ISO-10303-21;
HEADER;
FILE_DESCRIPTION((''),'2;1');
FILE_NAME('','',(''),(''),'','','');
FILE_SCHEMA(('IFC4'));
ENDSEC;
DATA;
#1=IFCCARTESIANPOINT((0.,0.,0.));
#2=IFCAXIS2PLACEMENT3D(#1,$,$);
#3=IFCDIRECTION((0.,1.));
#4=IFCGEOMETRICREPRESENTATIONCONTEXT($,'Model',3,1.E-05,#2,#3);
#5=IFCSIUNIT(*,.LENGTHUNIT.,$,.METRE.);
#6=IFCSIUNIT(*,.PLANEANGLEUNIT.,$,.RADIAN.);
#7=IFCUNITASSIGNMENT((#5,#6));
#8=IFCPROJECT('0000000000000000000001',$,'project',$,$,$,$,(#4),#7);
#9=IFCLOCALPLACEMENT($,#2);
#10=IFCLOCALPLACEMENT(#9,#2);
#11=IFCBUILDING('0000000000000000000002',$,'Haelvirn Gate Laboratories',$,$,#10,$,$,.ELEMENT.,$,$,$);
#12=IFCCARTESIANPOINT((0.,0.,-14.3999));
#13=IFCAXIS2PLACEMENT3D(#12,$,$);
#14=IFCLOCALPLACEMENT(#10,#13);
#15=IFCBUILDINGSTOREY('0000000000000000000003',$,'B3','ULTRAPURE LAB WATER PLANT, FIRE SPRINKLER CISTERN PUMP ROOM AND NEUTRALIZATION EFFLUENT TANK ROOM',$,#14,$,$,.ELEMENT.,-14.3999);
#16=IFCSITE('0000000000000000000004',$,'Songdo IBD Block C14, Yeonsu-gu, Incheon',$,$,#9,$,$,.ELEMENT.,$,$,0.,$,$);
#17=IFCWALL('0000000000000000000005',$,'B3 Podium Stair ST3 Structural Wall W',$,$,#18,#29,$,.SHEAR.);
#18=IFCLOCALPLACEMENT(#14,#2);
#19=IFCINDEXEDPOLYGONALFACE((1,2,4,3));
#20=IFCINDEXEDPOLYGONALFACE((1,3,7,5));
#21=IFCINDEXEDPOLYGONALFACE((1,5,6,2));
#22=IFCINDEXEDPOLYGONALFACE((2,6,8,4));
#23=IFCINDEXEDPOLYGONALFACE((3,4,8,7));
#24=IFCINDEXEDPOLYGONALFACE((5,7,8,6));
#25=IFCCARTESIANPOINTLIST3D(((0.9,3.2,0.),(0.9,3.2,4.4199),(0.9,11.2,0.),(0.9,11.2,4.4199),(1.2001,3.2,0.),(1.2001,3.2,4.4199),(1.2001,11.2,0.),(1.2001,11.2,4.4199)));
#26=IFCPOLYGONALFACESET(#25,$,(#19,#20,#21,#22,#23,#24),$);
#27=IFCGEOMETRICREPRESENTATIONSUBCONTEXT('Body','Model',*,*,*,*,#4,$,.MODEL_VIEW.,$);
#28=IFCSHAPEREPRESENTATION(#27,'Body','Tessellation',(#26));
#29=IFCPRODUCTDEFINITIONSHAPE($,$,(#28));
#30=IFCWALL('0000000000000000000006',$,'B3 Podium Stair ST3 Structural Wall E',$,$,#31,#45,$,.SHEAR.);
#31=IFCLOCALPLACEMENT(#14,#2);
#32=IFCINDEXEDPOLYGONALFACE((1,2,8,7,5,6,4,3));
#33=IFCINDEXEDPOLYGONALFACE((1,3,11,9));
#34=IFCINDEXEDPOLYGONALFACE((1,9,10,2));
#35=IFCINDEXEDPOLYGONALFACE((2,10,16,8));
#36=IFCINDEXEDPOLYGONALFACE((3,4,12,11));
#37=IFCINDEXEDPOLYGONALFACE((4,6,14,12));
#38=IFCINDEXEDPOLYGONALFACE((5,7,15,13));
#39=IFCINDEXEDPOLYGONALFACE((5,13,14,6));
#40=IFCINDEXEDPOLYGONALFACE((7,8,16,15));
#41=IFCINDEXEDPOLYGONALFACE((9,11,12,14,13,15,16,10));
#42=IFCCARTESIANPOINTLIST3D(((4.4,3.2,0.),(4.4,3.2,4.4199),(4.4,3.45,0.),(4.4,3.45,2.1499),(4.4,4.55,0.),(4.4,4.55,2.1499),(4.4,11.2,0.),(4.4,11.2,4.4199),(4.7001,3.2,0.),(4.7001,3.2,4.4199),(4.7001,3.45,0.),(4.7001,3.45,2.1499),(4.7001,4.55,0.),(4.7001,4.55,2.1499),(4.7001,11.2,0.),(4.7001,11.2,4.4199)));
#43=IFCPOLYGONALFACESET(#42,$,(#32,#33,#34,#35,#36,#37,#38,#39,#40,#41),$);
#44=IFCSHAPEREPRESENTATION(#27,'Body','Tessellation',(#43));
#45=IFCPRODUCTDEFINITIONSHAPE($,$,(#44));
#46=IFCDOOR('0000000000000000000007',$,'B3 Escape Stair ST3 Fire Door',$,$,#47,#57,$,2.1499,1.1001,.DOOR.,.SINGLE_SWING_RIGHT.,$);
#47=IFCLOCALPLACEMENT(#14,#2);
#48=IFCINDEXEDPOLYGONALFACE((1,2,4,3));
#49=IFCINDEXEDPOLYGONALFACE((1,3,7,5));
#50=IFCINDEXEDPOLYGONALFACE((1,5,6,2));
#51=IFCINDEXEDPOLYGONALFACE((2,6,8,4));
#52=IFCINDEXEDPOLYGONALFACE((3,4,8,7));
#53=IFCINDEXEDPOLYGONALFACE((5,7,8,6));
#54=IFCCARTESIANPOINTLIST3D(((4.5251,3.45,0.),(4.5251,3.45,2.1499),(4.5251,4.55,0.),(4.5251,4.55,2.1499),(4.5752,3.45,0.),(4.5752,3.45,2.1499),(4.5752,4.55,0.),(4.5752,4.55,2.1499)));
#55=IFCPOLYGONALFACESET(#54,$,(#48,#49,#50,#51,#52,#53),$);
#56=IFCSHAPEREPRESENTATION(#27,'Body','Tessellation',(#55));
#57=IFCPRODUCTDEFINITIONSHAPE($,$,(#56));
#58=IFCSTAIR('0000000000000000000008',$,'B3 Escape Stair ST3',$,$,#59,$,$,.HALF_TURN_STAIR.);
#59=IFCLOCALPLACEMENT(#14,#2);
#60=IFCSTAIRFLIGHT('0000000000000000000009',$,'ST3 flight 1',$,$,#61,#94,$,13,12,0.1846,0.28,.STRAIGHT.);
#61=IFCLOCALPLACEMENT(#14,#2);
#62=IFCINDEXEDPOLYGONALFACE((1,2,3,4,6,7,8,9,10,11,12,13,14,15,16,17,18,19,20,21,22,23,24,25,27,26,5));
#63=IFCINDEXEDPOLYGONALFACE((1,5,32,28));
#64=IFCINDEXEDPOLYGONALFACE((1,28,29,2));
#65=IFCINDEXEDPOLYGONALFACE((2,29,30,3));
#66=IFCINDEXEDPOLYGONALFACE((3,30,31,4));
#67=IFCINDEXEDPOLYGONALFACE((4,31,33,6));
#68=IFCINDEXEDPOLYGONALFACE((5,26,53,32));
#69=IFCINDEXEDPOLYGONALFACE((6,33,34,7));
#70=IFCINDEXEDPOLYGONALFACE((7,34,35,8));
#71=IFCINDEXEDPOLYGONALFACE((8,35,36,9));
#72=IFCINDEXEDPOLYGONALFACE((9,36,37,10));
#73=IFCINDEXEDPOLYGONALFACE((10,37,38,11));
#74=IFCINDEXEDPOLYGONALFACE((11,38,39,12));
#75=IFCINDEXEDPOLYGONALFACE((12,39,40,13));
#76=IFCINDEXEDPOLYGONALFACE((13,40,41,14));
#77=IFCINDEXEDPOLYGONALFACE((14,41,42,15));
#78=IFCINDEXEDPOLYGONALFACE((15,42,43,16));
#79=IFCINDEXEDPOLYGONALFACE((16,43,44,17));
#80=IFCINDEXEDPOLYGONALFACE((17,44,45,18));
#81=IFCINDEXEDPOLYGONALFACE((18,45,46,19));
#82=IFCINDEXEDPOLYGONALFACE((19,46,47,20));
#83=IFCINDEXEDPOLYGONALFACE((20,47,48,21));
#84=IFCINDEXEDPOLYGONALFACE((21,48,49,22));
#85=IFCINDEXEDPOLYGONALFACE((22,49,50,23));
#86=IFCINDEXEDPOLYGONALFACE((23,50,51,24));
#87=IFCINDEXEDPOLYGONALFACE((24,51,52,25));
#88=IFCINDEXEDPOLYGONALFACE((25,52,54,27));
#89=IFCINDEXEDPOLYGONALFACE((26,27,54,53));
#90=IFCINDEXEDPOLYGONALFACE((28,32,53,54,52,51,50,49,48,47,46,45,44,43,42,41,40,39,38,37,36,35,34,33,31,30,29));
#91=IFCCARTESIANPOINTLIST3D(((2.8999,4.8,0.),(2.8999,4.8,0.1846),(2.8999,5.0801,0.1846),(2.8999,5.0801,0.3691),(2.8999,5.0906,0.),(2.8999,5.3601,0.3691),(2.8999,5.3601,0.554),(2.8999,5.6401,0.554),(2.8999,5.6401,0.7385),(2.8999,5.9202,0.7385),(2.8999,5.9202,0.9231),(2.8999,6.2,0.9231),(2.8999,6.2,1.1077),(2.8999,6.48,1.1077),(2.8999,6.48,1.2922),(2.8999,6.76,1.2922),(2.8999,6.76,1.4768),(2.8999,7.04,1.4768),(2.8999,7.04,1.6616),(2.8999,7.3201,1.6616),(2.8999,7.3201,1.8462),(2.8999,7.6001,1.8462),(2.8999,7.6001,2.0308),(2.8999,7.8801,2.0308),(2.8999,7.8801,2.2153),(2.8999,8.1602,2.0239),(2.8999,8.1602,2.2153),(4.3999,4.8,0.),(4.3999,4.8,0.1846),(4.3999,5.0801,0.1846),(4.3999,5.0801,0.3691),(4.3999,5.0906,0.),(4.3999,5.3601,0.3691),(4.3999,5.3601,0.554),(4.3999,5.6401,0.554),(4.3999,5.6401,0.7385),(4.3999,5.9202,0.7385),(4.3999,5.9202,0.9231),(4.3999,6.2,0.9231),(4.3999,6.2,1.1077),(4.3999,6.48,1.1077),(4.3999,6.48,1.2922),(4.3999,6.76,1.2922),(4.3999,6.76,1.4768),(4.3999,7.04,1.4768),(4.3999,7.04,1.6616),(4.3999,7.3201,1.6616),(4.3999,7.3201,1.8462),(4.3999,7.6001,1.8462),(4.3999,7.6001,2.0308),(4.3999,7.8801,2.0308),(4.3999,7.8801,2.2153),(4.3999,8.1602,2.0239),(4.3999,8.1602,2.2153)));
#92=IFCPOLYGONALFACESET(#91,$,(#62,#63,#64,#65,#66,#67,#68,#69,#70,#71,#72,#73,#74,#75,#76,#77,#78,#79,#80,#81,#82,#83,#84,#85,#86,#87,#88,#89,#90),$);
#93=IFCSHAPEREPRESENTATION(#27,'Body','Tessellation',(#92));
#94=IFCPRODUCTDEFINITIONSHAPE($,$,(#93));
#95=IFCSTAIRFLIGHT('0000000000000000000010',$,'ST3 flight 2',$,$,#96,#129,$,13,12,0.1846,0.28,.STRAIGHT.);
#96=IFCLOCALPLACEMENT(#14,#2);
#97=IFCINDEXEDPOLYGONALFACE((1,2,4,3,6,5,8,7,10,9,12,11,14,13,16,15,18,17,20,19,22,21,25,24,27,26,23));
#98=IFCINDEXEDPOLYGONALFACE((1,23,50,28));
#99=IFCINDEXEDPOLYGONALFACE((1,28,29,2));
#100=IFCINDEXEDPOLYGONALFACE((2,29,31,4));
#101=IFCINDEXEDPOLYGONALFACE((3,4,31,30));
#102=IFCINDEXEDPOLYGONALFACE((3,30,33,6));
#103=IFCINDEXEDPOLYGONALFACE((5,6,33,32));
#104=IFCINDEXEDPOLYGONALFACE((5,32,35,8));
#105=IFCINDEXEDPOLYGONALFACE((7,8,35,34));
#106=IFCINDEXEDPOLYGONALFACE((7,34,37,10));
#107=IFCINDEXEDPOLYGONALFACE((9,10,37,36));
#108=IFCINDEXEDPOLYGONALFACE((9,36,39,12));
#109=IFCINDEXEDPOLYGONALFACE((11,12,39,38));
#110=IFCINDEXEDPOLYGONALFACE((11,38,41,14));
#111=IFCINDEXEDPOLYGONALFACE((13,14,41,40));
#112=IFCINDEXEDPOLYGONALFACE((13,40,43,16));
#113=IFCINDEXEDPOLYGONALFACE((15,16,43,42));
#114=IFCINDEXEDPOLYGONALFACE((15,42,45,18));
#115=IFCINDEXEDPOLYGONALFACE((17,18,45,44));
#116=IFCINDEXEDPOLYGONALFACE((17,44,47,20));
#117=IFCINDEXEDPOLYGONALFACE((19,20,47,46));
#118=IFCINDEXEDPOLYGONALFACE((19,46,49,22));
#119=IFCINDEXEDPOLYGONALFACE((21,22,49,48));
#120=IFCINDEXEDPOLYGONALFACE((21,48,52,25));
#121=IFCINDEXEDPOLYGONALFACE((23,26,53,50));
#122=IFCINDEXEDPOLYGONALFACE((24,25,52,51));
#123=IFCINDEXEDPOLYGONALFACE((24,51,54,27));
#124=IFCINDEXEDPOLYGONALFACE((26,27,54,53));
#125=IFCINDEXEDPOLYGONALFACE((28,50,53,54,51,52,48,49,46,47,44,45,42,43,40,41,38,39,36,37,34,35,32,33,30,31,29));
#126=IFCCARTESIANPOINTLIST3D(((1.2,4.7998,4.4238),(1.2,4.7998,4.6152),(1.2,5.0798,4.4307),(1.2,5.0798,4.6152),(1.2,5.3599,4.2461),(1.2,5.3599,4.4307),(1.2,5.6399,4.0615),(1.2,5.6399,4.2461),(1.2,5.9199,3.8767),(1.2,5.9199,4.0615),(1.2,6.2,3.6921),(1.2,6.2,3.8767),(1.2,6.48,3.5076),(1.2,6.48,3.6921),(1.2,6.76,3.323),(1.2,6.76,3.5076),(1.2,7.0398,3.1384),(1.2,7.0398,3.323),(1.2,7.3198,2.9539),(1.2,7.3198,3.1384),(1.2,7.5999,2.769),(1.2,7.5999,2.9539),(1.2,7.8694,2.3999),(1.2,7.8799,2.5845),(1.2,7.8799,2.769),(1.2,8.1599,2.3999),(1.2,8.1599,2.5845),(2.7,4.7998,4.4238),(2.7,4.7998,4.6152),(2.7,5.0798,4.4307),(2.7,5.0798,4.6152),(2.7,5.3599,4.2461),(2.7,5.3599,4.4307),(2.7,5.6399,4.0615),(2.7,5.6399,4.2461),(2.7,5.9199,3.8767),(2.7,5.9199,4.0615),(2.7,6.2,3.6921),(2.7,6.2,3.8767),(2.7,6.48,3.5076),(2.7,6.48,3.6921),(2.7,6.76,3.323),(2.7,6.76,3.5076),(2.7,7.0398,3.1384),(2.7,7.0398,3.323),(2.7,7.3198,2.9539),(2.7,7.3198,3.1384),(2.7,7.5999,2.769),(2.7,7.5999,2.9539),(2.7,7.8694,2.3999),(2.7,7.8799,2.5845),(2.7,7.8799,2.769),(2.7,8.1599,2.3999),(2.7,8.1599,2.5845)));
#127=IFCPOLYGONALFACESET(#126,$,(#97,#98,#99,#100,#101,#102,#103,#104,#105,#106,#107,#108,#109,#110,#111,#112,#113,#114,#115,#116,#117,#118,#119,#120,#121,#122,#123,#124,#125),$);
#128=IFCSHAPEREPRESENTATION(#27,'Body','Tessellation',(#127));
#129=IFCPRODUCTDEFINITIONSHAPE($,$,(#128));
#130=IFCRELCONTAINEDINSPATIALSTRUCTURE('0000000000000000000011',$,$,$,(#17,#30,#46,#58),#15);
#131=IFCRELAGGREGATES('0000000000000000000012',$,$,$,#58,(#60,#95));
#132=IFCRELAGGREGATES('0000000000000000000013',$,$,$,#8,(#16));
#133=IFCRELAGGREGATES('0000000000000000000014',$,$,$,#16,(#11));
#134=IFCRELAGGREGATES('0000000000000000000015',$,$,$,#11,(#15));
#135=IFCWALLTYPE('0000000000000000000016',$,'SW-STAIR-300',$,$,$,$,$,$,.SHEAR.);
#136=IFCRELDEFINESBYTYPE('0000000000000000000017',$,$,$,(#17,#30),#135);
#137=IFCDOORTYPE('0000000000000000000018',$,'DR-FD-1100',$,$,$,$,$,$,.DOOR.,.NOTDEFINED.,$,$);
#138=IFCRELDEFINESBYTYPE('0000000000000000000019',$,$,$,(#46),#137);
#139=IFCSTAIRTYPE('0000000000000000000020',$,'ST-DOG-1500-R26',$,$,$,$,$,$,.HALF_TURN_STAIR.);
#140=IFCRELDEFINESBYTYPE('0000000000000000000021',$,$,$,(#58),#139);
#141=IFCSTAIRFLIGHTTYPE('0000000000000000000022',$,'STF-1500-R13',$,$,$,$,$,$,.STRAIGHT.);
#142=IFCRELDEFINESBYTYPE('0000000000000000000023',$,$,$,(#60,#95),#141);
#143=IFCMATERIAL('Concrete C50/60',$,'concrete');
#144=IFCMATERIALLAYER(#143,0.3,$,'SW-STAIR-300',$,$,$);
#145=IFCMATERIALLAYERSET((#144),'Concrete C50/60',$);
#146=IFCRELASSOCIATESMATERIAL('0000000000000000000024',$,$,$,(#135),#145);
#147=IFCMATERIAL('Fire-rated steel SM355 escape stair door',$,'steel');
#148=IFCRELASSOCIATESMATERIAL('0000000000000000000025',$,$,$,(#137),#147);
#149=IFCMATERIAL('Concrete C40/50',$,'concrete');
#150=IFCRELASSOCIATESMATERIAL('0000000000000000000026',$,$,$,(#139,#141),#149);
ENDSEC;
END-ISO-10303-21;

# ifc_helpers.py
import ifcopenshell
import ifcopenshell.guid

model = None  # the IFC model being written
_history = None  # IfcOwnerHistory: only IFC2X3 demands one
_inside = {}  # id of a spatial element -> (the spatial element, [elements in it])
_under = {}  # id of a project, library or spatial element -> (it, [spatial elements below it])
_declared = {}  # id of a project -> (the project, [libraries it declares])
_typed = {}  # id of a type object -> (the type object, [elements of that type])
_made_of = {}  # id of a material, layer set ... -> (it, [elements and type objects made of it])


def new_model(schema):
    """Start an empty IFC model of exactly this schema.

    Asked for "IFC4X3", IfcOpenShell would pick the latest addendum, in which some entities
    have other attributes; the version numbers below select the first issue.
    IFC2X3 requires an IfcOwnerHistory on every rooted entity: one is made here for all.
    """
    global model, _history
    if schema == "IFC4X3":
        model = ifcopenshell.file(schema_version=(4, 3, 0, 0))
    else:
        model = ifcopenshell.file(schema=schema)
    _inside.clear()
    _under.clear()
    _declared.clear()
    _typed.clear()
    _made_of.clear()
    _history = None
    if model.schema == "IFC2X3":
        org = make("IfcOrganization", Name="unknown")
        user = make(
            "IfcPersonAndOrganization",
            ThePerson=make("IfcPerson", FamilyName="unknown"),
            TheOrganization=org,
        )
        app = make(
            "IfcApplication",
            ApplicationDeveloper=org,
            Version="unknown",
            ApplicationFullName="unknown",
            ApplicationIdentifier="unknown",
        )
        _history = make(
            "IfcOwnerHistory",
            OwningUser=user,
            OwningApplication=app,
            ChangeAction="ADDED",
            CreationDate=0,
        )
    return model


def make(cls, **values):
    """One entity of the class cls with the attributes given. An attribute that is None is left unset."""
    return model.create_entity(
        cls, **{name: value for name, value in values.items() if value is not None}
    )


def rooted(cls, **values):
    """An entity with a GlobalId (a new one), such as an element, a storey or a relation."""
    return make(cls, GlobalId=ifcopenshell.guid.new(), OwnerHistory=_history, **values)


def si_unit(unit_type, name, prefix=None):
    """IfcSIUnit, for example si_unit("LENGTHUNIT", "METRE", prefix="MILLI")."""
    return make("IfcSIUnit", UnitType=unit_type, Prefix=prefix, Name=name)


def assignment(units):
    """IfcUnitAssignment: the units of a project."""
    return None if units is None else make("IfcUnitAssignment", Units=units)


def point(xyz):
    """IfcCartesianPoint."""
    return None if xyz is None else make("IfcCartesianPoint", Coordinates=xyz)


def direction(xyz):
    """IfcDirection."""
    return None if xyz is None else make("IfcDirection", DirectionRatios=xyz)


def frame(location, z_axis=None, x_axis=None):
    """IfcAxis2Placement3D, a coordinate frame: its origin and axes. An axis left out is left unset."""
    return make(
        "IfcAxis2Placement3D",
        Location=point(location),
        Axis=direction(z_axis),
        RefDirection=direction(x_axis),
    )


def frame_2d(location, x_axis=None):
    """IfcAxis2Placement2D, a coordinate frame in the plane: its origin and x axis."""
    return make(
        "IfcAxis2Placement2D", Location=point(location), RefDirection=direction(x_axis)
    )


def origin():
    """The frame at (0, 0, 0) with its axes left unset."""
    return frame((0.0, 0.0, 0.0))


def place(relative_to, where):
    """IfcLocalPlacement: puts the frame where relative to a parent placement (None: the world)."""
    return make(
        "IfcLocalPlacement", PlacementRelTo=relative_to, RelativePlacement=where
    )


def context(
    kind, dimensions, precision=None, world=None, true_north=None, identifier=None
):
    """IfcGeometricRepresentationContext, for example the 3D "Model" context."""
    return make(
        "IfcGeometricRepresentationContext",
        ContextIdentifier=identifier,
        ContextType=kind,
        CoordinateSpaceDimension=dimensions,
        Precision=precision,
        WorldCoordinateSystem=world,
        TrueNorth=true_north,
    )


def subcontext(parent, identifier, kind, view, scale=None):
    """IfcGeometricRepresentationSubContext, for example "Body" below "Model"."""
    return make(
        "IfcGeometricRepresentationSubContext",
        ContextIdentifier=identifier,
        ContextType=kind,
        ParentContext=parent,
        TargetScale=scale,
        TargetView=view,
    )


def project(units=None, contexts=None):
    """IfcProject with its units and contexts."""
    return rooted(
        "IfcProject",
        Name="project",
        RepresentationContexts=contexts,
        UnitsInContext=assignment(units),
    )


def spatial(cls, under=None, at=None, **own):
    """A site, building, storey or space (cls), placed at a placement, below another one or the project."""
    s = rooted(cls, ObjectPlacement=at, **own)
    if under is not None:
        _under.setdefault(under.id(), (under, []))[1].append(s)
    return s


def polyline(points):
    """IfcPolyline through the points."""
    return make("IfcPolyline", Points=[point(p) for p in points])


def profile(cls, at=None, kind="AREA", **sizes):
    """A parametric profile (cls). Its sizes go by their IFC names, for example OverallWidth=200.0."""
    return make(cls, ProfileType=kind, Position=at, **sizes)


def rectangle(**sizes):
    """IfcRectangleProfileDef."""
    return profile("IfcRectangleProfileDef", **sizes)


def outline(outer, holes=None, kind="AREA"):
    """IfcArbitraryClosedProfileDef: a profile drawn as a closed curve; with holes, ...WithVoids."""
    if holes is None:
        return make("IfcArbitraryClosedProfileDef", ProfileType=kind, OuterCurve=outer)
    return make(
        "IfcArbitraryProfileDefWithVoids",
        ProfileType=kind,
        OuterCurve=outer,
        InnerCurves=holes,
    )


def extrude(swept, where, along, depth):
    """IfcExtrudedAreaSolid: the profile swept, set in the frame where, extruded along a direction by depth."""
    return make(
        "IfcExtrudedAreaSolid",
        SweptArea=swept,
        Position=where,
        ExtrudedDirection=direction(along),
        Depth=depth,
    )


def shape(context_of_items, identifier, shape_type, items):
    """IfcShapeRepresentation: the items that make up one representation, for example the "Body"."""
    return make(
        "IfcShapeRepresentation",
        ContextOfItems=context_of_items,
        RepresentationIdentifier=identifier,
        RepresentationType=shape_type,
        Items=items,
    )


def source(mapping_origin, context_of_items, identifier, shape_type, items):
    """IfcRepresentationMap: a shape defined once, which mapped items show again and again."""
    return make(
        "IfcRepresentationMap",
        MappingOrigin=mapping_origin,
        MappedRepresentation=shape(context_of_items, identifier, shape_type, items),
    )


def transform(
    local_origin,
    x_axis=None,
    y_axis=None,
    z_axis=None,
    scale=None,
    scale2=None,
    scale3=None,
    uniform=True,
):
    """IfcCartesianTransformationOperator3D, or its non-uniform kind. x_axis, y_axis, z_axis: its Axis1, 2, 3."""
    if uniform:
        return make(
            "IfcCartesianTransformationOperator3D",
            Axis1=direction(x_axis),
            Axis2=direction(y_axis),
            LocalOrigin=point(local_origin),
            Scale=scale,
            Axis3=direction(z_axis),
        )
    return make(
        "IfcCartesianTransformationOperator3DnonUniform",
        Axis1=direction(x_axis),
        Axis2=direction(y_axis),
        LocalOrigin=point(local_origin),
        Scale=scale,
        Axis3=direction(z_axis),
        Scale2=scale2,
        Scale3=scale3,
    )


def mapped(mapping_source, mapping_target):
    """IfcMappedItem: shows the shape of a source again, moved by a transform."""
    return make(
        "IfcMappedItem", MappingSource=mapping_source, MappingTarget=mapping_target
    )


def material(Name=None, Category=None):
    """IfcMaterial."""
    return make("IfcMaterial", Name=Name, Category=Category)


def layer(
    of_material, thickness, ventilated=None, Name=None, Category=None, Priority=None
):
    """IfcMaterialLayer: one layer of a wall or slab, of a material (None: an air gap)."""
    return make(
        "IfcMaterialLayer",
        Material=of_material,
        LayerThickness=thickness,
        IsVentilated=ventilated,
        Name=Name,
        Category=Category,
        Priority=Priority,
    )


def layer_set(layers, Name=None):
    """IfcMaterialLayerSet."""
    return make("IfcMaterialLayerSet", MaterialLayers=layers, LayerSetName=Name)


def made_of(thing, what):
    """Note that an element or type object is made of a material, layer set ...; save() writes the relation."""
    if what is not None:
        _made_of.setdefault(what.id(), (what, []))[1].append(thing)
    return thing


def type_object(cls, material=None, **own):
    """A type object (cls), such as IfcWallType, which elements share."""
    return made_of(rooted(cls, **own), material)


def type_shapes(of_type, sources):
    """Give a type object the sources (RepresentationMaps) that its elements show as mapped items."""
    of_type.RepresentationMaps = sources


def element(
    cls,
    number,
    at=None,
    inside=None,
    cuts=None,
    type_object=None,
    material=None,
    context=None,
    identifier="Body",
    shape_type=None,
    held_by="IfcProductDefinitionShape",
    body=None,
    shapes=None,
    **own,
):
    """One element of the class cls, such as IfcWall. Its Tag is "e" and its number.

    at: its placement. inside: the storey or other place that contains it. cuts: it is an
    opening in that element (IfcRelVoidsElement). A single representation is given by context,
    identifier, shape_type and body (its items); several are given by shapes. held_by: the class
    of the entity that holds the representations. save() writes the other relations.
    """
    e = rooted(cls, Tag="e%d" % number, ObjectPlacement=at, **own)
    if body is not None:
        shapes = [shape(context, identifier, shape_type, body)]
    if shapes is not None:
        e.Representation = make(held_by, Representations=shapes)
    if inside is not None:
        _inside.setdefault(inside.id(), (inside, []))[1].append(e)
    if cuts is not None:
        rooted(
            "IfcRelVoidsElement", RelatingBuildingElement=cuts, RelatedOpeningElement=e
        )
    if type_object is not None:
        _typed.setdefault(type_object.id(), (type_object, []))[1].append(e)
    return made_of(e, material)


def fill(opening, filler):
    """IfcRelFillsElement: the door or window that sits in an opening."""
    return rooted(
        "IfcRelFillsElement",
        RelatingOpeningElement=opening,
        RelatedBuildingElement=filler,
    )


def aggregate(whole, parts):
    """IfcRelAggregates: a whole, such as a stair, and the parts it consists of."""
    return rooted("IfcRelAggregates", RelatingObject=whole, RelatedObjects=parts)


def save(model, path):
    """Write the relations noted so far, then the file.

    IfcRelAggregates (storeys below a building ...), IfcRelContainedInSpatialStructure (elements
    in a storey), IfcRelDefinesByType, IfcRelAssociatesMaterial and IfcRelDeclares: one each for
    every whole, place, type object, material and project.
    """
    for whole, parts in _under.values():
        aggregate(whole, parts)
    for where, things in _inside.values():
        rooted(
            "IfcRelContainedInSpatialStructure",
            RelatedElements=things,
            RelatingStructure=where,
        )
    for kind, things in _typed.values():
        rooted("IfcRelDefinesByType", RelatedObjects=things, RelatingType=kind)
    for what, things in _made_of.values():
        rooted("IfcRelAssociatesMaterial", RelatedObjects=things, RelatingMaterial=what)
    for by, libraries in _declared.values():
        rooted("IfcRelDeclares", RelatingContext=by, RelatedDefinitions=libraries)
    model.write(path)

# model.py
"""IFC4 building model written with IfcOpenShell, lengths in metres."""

from ifc_helpers import new_model, si_unit, direction, frame, frame_2d, origin, place, context, subcontext, project, spatial, polyline, rectangle, outline, extrude, source, transform, mapped, material, layer, layer_set, type_object, type_shapes, element, fill, aggregate, save


model = new_model("IFC4")

# Units and contexts
model_context = context("Model", 3, precision=1e-05, world=origin(), true_north=direction((0.0, 1.0)))
body_context = subcontext(model_context, "Body", "Model", "MODEL_VIEW")
ifc_project = project(units=[si_unit("LENGTHUNIT", "METRE"), si_unit("PLANEANGLEUNIT", "RADIAN")], contexts=[model_context])

# Site, building, storey
site_placement = place(None, origin())
site = spatial("IfcSite", under=ifc_project, at=site_placement, Name="Songdo IBD Block C14, Yeonsu-gu, Incheon", CompositionType="ELEMENT", RefElevation=0.0)
building_placement = place(site_placement, origin())
building = spatial("IfcBuilding", under=site, at=building_placement, Name="Haelvirn Gate Laboratories", CompositionType="ELEMENT")
storey_placement = place(building_placement, frame((0.0, 0.0, -14.3999)))
storey = spatial("IfcBuildingStorey", under=building, at=storey_placement, Name="B3", Description="ULTRAPURE LAB WATER PLANT, FIRE SPRINKLER CISTERN PUMP ROOM AND NEUTRALIZATION EFFLUENT TANK ROOM", CompositionType="ELEMENT", Elevation=-14.3999)

# Shared definitions
ifc_material_1 = material(Name="Concrete C50/60", Category="concrete")

# Shared definitions
ifc_material_2 = material(Name="Concrete C40/50", Category="concrete")

# Wall
ifc_layer_1 = layer(ifc_material_1, 0.3, Name="SW-STAIR-300")
ifc_layer_set_1 = layer_set([ifc_layer_1], Name="Concrete C50/60")
wall_type_1 = type_object("IfcWallType", Name="SW-STAIR-300", PredefinedType="SHEAR", material=ifc_layer_set_1)
wall_1_placement = place(storey_placement, frame((1.05, 3.2, 0.0), z_axis=(0.0, 0.0, 1.0), x_axis=(0.0, 1.0, 0.0)))
element("IfcWall", 1, at=wall_1_placement, inside=storey, type_object=wall_type_1, Name="B3 Podium Stair ST3 Structural Wall W", PredefinedType="SHEAR", context=body_context, shape_type="SweptSolid", body=[
    extrude(rectangle(XDim=8.0, YDim=0.3, at=frame_2d((4.0, 0.0))), origin(), (0.0, 0.0, 1.0), 4.4199),
])

# Wall, opening, door
wall_2_placement = place(storey_placement, frame((4.55, 3.2, 0.0), z_axis=(0.0, 0.0, 1.0), x_axis=(0.0, 1.0, 0.0)))
wall_2 = element("IfcWall", 2, at=wall_2_placement, inside=storey, type_object=wall_type_1, Name="B3 Podium Stair ST3 Structural Wall E", PredefinedType="SHEAR", context=body_context, shape_type="SweptSolid", body=[
    extrude(rectangle(XDim=8.0, YDim=0.3, at=frame_2d((4.0, 0.0))), origin(), (0.0, 0.0, 1.0), 4.4199),
])
opening_1_placement = place(wall_2_placement, frame((0.25, 0.0, 0.0)))
opening_1 = element("IfcOpeningElement", 3, at=opening_1_placement, cuts=wall_2, PredefinedType="OPENING", context=body_context, shape_type="SweptSolid", body=[
    extrude(rectangle(XDim=1.1001, YDim=2.1499, at=frame_2d((0.55, 1.075))), frame((0.0, 0.1602, 0.0), z_axis=(0.0, -1.0, 0.0), x_axis=(1.0, 0.0, 0.0)), (0.0, 0.0, 1.0), 0.3201),
])
ifc_material_3 = material(Name="Fire-rated steel SM355 escape stair door", Category="steel")
door_type_1 = type_object("IfcDoorType", Name="DR-FD-1100", OperationType="NOTDEFINED", PredefinedType="DOOR", material=ifc_material_3)
shared_shape_1 = source(origin(), body_context, "Body", "SweptSolid", [
    extrude(rectangle(XDim=1.1001, YDim=2.1499, at=frame_2d((0.55, 1.075))), frame((0.0, 0.0249, 0.0), z_axis=(0.0, -1.0, 0.0), x_axis=(1.0, 0.0, 0.0)), (0.0, 0.0, 1.0), 0.05),
])
type_shapes(door_type_1, [shared_shape_1])
door_1_placement = place(opening_1_placement, origin())
door_1 = element("IfcDoor", 4, at=door_1_placement, inside=storey, type_object=door_type_1, Name="B3 Escape Stair ST3 Fire Door", OperationType="SINGLE_SWING_RIGHT", OverallHeight=2.1499, OverallWidth=1.1001, PredefinedType="DOOR", context=body_context, shape_type="MappedRepresentation", body=[
    mapped(shared_shape_1, transform((0.0, 0.0, 0.0), scale=1.0)),
])
fill(opening_1, door_1)

# Stair, stair flights
stair_type = type_object("IfcStairType", Name="ST-DOG-1500-R26", PredefinedType="HALF_TURN_STAIR", material=ifc_material_2)
stair_placement = place(storey_placement, origin())
stair = element("IfcStair", 5, at=stair_placement, inside=storey, type_object=stair_type, Name="B3 Escape Stair ST3", PredefinedType="HALF_TURN_STAIR")
stair_flight_type = type_object("IfcStairFlightType", Name="STF-1500-R13", PredefinedType="STRAIGHT", material=ifc_material_2)
shared_shape_2 = source(origin(), body_context, "Body", "SweptSolid", [
    extrude(outline(polyline([(0.0, 0.0), (0.0, 0.1846), (0.28, 0.1846), (0.28, 0.3691), (0.5601, 0.3691), (0.5601, 0.554), (0.8401, 0.554), (0.8401, 0.7385), (1.1201, 0.7385), (1.1201, 0.9231), (1.3999, 0.9231), (1.3999, 1.1077), (1.6799, 1.1077), (1.6799, 1.2922), (1.96, 1.2922), (1.96, 1.4768), (2.24, 1.4768), (2.24, 1.6616), (2.52, 1.6616), (2.52, 1.8462), (2.8, 1.8462), (2.8, 2.0308), (3.0801, 2.0308), (3.0801, 2.2153), (3.3601, 2.2153), (3.3601, 2.3999), (3.3601, 2.0239), (0.2905, 0.0), (0.0, 0.0)])), frame((0.0, 0.75, 0.0), z_axis=(0.0, -1.0, 0.0), x_axis=(1.0, 0.0, 0.0)), (0.0, 0.0, 1.0), 1.5),
])
type_shapes(stair_flight_type, [shared_shape_2])
stair_flight_1_placement = place(storey_placement, frame((3.6499, 4.8, 0.0), z_axis=(0.0, 0.0, 1.0), x_axis=(0.0, 1.0, 0.0)))
stair_flight_1 = element("IfcStairFlight", 6, at=stair_flight_1_placement, type_object=stair_flight_type, Name="ST3 flight 1", NumberOfRisers=13, NumberOfTreads=12, PredefinedType="STRAIGHT", RiserHeight=0.1846, TreadLength=0.28, context=body_context, shape_type="MappedRepresentation", body=[
    mapped(shared_shape_2, transform((0.0, 0.0, 0.0), scale=1.0)),
])
stair_flight_2_placement = place(storey_placement, frame((1.95, 8.1599, 2.3999), z_axis=(0.0, 0.0, 1.0), x_axis=(0.0, -1.0, 0.0)))
stair_flight_2 = element("IfcStairFlight", 7, at=stair_flight_2_placement, type_object=stair_flight_type, Name="ST3 flight 2", NumberOfRisers=13, NumberOfTreads=12, PredefinedType="STRAIGHT", RiserHeight=0.1846, TreadLength=0.28, context=body_context, shape_type="MappedRepresentation", body=[
    mapped(shared_shape_2, transform((0.0, 0.0, 0.0), scale=1.0)),
])
aggregate(stair, [stair_flight_1, stair_flight_2])

save(model, "model.ifc")
